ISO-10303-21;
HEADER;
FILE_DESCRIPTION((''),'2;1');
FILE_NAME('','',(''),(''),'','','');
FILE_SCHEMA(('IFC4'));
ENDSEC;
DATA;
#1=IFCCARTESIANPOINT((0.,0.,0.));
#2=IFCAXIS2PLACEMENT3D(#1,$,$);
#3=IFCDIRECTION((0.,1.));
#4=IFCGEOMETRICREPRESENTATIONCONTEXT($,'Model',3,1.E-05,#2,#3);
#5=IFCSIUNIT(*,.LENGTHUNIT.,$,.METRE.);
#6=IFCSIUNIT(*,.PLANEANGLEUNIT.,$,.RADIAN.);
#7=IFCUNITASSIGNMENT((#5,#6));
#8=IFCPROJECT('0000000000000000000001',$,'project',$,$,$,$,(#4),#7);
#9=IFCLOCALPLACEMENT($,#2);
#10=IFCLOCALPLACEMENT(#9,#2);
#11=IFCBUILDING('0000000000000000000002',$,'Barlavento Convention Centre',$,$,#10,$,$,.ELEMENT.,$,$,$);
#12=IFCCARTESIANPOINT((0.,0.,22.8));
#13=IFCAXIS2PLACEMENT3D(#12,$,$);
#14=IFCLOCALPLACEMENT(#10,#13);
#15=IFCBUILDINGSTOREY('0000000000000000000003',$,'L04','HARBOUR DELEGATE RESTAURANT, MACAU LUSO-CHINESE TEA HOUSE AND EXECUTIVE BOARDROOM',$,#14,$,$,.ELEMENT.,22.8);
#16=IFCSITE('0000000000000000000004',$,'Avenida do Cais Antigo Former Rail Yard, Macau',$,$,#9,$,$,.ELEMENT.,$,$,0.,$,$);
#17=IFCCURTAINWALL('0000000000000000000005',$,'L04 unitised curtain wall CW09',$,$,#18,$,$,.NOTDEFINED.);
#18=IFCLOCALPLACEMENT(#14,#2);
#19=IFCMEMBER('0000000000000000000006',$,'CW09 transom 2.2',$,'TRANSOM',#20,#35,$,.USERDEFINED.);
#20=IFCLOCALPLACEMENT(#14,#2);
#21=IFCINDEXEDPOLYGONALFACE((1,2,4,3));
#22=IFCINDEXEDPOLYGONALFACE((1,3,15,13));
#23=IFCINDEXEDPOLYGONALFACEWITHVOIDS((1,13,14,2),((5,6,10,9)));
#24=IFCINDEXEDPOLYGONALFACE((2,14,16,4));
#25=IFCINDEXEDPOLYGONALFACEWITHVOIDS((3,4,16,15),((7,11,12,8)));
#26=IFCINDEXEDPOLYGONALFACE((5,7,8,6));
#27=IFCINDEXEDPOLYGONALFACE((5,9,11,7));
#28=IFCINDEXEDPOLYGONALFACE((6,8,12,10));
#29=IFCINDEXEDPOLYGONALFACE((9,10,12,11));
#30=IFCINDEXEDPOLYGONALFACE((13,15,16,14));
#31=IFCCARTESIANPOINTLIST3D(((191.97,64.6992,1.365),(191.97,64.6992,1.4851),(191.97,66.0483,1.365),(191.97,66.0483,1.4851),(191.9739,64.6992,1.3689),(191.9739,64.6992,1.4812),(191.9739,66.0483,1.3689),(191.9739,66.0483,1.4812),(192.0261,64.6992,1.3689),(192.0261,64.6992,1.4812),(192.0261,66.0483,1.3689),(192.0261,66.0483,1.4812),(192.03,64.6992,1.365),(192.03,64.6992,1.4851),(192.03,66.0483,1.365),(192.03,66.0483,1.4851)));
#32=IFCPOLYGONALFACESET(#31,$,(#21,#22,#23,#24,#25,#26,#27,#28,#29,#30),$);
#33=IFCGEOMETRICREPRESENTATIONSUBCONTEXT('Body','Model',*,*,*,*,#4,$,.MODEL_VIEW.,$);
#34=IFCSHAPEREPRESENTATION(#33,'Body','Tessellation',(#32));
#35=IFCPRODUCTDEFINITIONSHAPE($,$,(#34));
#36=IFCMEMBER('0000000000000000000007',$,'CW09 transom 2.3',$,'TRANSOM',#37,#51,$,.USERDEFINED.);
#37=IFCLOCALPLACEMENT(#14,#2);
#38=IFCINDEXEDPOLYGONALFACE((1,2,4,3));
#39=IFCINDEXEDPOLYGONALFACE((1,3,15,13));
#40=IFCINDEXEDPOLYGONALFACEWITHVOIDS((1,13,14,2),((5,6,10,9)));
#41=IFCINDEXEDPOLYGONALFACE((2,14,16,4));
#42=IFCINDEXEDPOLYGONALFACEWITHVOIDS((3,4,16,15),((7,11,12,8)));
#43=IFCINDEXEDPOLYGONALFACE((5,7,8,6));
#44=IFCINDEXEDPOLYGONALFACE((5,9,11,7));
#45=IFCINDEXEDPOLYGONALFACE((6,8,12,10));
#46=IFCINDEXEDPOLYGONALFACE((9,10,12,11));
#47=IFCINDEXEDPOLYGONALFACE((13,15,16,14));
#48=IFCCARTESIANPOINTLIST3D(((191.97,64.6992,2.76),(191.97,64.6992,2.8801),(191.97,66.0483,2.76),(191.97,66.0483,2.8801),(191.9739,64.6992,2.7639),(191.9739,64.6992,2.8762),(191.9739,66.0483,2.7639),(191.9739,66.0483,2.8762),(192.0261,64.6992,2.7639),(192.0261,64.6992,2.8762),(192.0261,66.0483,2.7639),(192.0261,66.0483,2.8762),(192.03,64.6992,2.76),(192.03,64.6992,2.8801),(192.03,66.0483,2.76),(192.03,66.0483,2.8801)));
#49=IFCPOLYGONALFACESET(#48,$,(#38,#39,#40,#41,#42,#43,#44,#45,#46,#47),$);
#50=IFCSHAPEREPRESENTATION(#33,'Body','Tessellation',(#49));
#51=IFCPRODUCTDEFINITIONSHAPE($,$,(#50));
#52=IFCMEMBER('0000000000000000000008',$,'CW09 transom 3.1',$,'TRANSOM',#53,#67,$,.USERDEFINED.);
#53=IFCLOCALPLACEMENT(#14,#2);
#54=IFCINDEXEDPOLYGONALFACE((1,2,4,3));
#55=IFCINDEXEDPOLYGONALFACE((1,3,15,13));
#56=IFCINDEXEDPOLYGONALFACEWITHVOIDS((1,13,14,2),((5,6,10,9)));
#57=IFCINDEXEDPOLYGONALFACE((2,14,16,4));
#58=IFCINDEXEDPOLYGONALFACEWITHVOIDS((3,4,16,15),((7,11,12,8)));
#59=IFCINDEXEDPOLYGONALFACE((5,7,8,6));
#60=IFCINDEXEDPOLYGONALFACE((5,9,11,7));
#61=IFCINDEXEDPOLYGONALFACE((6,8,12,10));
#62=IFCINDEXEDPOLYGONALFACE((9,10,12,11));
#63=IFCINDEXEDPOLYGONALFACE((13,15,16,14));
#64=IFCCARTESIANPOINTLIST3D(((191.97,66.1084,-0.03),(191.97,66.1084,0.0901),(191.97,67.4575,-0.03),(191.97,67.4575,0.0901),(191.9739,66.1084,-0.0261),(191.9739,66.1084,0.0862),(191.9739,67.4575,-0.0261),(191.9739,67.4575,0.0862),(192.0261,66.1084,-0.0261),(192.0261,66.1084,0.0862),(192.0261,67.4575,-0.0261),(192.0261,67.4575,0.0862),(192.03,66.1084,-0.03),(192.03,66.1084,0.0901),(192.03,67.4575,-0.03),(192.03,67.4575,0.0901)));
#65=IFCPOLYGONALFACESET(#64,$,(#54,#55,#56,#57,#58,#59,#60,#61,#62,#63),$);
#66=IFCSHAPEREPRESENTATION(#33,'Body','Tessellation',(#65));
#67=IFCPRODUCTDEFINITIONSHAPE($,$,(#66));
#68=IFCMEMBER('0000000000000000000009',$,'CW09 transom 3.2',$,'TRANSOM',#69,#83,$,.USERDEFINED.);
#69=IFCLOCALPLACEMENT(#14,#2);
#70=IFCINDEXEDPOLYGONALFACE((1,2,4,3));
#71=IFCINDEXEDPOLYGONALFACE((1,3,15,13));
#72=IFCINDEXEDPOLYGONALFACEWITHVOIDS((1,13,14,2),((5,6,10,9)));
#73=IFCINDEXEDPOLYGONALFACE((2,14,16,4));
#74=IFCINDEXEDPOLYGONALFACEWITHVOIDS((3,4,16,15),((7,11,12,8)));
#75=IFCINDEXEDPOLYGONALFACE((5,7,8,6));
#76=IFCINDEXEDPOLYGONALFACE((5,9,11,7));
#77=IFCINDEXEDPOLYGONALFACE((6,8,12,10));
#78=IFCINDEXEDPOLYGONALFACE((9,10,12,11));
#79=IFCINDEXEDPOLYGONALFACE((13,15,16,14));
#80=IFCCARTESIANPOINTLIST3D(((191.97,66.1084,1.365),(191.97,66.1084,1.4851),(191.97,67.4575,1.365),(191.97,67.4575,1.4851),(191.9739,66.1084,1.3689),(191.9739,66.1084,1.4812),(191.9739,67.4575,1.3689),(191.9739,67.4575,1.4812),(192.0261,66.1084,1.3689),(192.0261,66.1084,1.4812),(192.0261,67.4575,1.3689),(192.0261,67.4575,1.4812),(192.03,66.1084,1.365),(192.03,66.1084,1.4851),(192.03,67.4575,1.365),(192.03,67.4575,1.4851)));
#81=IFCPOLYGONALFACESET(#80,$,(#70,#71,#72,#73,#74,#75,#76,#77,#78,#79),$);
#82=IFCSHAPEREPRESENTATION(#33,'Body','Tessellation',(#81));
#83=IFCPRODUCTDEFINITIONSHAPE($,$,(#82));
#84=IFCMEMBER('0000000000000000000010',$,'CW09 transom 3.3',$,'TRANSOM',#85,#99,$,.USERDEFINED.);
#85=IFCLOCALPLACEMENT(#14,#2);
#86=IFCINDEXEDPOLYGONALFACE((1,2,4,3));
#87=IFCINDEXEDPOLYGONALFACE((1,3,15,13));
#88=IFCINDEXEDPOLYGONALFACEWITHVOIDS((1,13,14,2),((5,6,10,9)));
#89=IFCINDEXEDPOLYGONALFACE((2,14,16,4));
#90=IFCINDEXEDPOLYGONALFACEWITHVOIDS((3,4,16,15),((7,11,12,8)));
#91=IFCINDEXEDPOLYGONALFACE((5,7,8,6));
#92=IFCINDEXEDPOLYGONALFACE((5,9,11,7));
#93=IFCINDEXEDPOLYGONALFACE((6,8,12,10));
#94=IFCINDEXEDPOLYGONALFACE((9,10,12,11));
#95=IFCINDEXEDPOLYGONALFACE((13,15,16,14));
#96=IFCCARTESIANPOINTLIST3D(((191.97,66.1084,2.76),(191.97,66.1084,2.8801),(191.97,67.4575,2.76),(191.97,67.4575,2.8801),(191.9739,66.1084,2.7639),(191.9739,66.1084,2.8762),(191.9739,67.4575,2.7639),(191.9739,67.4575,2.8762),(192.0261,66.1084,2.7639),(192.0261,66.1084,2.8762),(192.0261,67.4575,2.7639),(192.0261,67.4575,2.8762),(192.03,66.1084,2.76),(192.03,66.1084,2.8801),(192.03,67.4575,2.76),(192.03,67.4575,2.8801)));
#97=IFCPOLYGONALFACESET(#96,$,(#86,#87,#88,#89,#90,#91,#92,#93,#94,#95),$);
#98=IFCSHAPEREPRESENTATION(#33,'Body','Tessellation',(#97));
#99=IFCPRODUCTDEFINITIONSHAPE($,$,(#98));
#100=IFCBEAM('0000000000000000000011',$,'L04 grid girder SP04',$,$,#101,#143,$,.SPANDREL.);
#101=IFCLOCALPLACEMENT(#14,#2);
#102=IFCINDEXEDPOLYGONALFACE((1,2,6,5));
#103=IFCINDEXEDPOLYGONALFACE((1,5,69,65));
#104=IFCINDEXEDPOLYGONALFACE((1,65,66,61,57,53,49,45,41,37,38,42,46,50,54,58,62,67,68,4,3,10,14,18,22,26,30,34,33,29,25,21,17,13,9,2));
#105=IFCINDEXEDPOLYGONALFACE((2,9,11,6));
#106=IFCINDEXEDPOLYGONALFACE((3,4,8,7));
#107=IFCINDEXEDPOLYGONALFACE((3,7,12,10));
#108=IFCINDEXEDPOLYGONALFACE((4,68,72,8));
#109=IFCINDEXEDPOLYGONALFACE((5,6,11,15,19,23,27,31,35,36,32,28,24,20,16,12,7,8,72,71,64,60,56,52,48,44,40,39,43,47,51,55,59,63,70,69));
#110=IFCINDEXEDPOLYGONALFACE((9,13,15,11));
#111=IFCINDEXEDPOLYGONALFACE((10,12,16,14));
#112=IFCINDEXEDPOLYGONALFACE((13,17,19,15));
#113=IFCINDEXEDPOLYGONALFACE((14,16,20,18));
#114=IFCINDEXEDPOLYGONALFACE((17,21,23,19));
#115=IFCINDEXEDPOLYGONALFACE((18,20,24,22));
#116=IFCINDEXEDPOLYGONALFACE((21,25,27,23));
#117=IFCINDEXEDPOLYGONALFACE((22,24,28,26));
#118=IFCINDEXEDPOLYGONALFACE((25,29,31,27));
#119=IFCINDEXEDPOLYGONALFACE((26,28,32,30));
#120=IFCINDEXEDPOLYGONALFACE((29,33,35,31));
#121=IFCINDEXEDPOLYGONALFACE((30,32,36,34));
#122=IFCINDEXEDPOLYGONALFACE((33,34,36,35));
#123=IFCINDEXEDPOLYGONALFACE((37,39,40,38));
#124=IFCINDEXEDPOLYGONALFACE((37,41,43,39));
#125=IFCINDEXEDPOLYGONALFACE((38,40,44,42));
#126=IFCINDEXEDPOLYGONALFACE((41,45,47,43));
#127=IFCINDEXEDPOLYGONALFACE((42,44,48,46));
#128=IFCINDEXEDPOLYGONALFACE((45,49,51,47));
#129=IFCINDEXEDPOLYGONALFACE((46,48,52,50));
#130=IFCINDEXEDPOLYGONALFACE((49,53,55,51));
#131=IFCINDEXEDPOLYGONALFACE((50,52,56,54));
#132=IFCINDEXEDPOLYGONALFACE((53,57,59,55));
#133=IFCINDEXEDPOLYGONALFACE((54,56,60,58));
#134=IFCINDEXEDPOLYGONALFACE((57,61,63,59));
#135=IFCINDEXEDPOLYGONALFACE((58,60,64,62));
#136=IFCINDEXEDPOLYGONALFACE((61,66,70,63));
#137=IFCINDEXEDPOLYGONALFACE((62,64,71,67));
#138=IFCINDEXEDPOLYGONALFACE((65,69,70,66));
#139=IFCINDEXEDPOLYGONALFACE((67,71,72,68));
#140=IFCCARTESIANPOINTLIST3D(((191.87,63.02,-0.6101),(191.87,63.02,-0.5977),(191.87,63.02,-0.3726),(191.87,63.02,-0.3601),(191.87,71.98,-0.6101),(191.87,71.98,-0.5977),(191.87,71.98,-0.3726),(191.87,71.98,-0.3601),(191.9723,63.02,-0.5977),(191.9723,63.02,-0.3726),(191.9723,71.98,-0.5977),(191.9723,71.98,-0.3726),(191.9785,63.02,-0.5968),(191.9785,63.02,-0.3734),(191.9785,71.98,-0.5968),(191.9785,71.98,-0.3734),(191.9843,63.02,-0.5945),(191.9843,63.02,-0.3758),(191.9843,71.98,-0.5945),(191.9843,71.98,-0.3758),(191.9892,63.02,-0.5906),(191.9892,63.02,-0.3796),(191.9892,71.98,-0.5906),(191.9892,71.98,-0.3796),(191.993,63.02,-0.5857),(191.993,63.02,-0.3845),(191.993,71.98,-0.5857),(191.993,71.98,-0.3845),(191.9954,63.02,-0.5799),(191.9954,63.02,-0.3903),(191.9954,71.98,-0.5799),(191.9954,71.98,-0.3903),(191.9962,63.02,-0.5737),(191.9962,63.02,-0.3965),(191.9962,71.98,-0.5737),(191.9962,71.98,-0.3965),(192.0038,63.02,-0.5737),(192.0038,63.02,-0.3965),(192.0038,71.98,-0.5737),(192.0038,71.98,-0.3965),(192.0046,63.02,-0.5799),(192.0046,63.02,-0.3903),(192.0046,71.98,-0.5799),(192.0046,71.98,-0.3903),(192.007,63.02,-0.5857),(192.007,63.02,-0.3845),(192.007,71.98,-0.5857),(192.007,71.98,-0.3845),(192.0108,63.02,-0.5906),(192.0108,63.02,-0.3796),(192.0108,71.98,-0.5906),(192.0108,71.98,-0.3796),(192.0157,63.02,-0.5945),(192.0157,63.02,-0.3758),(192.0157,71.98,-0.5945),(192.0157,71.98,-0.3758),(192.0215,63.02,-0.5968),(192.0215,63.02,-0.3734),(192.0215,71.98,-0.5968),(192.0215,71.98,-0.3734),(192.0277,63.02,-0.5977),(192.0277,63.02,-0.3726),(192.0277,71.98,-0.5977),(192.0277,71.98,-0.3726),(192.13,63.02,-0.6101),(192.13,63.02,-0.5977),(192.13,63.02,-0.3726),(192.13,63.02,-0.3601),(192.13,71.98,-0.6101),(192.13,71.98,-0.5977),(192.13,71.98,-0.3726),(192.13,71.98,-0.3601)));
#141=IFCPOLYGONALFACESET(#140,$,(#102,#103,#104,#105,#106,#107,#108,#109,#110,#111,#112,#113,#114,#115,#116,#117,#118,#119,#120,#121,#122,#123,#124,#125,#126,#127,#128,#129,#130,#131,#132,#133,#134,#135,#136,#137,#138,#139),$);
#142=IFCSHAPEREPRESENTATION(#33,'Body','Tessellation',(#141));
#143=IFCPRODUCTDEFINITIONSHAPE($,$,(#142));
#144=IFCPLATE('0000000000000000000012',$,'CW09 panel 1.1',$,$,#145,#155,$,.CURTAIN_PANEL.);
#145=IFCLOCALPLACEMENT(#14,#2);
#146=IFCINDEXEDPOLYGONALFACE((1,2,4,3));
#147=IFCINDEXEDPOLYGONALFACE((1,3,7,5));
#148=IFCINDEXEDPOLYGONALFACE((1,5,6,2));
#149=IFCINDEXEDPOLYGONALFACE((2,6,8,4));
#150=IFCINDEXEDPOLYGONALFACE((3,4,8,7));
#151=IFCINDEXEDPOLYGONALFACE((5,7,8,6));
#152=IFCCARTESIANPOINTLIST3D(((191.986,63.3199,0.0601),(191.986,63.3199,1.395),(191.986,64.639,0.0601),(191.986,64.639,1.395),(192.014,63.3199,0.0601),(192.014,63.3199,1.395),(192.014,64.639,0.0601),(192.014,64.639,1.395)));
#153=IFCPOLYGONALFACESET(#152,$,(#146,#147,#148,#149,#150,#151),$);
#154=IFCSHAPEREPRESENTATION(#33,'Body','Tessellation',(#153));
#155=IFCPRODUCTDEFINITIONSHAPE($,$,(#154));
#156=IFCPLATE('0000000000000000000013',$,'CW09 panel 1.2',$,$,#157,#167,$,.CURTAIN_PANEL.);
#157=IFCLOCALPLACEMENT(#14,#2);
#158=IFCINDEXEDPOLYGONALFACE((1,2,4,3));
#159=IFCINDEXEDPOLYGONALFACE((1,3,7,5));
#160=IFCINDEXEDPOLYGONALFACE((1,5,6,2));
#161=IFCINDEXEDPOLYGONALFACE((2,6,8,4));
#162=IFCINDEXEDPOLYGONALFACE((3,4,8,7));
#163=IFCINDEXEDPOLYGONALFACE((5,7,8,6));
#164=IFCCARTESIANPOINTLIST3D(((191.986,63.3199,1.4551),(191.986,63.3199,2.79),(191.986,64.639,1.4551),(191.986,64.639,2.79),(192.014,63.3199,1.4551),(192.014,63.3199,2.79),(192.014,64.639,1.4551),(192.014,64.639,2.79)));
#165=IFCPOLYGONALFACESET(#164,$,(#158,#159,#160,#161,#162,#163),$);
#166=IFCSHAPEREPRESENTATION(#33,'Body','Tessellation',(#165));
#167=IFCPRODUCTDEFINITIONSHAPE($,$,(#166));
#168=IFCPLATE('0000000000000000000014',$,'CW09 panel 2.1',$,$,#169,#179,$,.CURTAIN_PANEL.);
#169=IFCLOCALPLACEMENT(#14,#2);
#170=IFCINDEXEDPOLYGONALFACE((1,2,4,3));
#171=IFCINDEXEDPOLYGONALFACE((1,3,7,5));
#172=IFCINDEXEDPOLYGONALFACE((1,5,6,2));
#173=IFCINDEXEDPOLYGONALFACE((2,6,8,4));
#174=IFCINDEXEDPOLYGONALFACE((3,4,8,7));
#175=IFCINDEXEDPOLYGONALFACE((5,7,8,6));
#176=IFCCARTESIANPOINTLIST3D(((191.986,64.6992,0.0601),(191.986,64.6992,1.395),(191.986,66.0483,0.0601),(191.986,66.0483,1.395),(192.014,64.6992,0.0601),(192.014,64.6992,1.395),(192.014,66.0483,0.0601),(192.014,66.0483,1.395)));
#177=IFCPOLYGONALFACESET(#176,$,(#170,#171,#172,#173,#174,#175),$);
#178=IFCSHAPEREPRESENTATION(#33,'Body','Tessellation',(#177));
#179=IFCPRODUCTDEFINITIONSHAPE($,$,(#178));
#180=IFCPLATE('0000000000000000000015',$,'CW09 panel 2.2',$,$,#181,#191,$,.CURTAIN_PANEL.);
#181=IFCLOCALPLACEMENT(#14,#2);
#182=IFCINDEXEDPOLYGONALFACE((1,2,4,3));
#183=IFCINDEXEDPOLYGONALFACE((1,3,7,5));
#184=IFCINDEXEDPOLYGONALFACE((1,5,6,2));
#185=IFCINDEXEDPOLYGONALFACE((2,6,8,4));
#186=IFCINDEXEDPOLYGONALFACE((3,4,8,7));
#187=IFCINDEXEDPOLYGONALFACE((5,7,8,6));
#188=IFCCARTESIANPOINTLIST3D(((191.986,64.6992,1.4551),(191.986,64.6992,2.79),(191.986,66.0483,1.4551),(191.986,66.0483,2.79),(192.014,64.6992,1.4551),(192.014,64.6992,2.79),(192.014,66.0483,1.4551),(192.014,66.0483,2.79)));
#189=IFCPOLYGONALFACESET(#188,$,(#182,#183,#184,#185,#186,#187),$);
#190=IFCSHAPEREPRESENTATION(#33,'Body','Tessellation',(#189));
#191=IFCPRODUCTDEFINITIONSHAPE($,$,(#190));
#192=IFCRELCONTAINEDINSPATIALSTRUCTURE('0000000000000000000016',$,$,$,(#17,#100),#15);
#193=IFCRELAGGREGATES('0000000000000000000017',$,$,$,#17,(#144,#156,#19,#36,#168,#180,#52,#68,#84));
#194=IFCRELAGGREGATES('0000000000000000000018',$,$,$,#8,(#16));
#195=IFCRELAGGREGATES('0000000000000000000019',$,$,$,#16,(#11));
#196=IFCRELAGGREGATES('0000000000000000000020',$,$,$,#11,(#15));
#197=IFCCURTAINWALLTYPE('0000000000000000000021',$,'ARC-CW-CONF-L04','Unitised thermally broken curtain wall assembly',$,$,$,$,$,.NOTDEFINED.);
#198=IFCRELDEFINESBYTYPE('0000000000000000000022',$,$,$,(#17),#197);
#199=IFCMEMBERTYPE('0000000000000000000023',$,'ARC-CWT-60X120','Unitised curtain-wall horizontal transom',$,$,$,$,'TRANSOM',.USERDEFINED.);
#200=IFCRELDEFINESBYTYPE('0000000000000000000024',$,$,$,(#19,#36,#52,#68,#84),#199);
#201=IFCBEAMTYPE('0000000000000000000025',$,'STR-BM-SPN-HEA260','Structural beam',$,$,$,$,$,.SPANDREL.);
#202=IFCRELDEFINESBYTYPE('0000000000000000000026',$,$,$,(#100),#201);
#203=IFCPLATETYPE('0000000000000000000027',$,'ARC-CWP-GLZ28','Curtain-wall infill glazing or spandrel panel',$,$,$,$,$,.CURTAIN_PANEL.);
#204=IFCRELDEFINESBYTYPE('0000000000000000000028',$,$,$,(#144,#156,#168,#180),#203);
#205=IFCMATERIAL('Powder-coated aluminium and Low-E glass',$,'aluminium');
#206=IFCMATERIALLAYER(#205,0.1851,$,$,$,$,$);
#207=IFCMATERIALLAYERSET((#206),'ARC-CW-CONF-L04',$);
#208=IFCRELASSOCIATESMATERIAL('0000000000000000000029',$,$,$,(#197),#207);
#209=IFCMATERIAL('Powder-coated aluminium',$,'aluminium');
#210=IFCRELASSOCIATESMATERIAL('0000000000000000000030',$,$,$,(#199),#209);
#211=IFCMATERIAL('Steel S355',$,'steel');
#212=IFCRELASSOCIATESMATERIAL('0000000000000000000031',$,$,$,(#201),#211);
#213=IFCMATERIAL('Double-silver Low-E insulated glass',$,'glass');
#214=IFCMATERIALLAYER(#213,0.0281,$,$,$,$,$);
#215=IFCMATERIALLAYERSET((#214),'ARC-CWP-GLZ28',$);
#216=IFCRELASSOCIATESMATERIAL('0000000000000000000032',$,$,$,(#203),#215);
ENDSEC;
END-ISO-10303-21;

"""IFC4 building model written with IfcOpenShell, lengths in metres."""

from ifc_helpers import new_model, si_unit, direction, frame, origin, origin_2d, place, context, subcontext, project, spatial, rectangle, hollow_rectangle, i_section, extrude, material, layer, layer_set, material_profile, profile_set, type_object, element, aggregate, save


model = new_model("IFC4")

# Units and contexts
model_context = context("Model", 3, precision=1e-05, world=origin(), true_north=direction((0.0, 1.0)))
body_context = subcontext(model_context, "Body", "Model", "MODEL_VIEW")
ifc_project = project(units=[si_unit("LENGTHUNIT", "METRE"), si_unit("PLANEANGLEUNIT", "RADIAN")], contexts=[model_context])

# Site, building, storey
site_placement = place(None, origin())
site = spatial("IfcSite", under=ifc_project, at=site_placement, Name="Avenida do Cais Antigo Former Rail Yard, Macau", CompositionType="ELEMENT", RefElevation=0.0)
building_placement = place(site_placement, origin())
building = spatial("IfcBuilding", under=site, at=building_placement, Name="Barlavento Convention Centre", CompositionType="ELEMENT")
storey_placement = place(building_placement, frame((0.0, 0.0, 22.8)))
storey = spatial("IfcBuildingStorey", under=building, at=storey_placement, Name="L04", Description="HARBOUR DELEGATE RESTAURANT, MACAU LUSO-CHINESE TEA HOUSE AND EXECUTIVE BOARDROOM", CompositionType="ELEMENT", Elevation=22.8)

# Shared definitions
ifc_material_1 = material(Name="Steel S355", Category="steel")

# Curtain wall, members
ifc_material_2 = material(Name="Powder-coated aluminium and Low-E glass", Category="aluminium")
ifc_layer_1 = layer(ifc_material_2, 0.1851)
ifc_layer_set_1 = layer_set([ifc_layer_1], Name="ARC-CW-CONF-L04")
curtain_wall_type = type_object("IfcCurtainWallType", Name="ARC-CW-CONF-L04", Description="Unitised thermally broken curtain wall assembly", PredefinedType="NOTDEFINED", material=ifc_layer_set_1)
curtain_wall_placement = place(storey_placement, origin())
curtain_wall = element("IfcCurtainWall", 1, at=curtain_wall_placement, inside=storey, type_object=curtain_wall_type, Name="L04 unitised curtain wall CW09", PredefinedType="NOTDEFINED")
ifc_material_3 = material(Name="Powder-coated aluminium", Category="aluminium")
ifc_material_profile_1 = material_profile(ifc_material_3, hollow_rectangle(XDim=0.0601, YDim=0.1201, WallThickness=0.0039, at=origin_2d()), Name="AL-TRAN 60x120x4")
ifc_profile_set_1 = profile_set([ifc_material_profile_1], Name="Powder-coated aluminium")
member_type_1 = type_object("IfcMemberType", Name="ARC-CWT-60X120", Description="Unitised curtain-wall horizontal transom", ElementType="TRANSOM", PredefinedType="USERDEFINED", material=ifc_profile_set_1)
member_1_placement = place(storey_placement, frame((192.0, 64.6992, 1.425), z_axis=(0.0, 1.0, 0.0), x_axis=(-1.0, 0.0, 0.0)))
member_1 = element("IfcMember", 2, at=member_1_placement, type_object=member_type_1, Name="CW09 transom 2.2", ObjectType="TRANSOM", PredefinedType="USERDEFINED", context=body_context, shape_type="SweptSolid", body=[
    extrude(hollow_rectangle(XDim=0.0601, YDim=0.1201, WallThickness=0.0039, at=origin_2d()), origin(), (0.0, 0.0, 1.0), 1.3491),
])
member_2_placement = place(storey_placement, frame((192.0, 64.6992, 2.8201), z_axis=(0.0, 1.0, 0.0), x_axis=(-1.0, 0.0, 0.0)))
member_2 = element("IfcMember", 3, at=member_2_placement, type_object=member_type_1, Name="CW09 transom 2.3", ObjectType="TRANSOM", PredefinedType="USERDEFINED", context=body_context, shape_type="SweptSolid", body=[
    extrude(hollow_rectangle(XDim=0.0601, YDim=0.1201, WallThickness=0.0039, at=origin_2d()), origin(), (0.0, 0.0, 1.0), 1.3491),
])
member_3_placement = place(storey_placement, frame((192.0, 66.1084, 0.03), z_axis=(0.0, 1.0, 0.0), x_axis=(-1.0, 0.0, 0.0)))
member_3 = element("IfcMember", 4, at=member_3_placement, type_object=member_type_1, Name="CW09 transom 3.1", ObjectType="TRANSOM", PredefinedType="USERDEFINED", context=body_context, shape_type="SweptSolid", body=[
    extrude(hollow_rectangle(XDim=0.0601, YDim=0.1201, WallThickness=0.0039, at=origin_2d()), origin(), (0.0, 0.0, 1.0), 1.3491),
])
member_4_placement = place(storey_placement, frame((192.0, 66.1084, 1.425), z_axis=(0.0, 1.0, 0.0), x_axis=(-1.0, 0.0, 0.0)))
member_4 = element("IfcMember", 5, at=member_4_placement, type_object=member_type_1, Name="CW09 transom 3.2", ObjectType="TRANSOM", PredefinedType="USERDEFINED", context=body_context, shape_type="SweptSolid", body=[
    extrude(hollow_rectangle(XDim=0.0601, YDim=0.1201, WallThickness=0.0039, at=origin_2d()), origin(), (0.0, 0.0, 1.0), 1.3491),
])
member_5_placement = place(storey_placement, frame((192.0, 66.1084, 2.8201), z_axis=(0.0, 1.0, 0.0), x_axis=(-1.0, 0.0, 0.0)))
member_5 = element("IfcMember", 6, at=member_5_placement, type_object=member_type_1, Name="CW09 transom 3.3", ObjectType="TRANSOM", PredefinedType="USERDEFINED", context=body_context, shape_type="SweptSolid", body=[
    extrude(hollow_rectangle(XDim=0.0601, YDim=0.1201, WallThickness=0.0039, at=origin_2d()), origin(), (0.0, 0.0, 1.0), 1.3491),
])

# Beam
ifc_material_profile_2 = material_profile(ifc_material_1, i_section(OverallWidth=0.26, OverallDepth=0.25, WebThickness=0.0076, FlangeThickness=0.0125, FilletRadius=0.0239, at=origin_2d()), Name="HEA 260")
ifc_profile_set_2 = profile_set([ifc_material_profile_2], Name="Steel S355")
beam_type = type_object("IfcBeamType", Name="STR-BM-SPN-HEA260", Description="Structural beam", PredefinedType="SPANDREL", material=ifc_profile_set_2)
beam_placement = place(storey_placement, frame((192.0, 63.02, -0.4851), z_axis=(0.0, 1.0, 0.0), x_axis=(-1.0, 0.0, 0.0)))
element("IfcBeam", 7, at=beam_placement, inside=storey, type_object=beam_type, Name="L04 grid girder SP04", PredefinedType="SPANDREL", context=body_context, shape_type="SweptSolid", body=[
    extrude(i_section(OverallWidth=0.26, OverallDepth=0.25, WebThickness=0.0076, FlangeThickness=0.0125, FilletRadius=0.0239, at=origin_2d()), origin(), (0.0, 0.0, 1.0), 8.96),
])

# Plates
ifc_material_4 = material(Name="Double-silver Low-E insulated glass", Category="glass")
ifc_layer_2 = layer(ifc_material_4, 0.0281)
ifc_layer_set_2 = layer_set([ifc_layer_2], Name="ARC-CWP-GLZ28")
plate_type = type_object("IfcPlateType", Name="ARC-CWP-GLZ28", Description="Curtain-wall infill glazing or spandrel panel", PredefinedType="CURTAIN_PANEL", material=ifc_layer_set_2)
plate_1_placement = place(storey_placement, frame((192.0, 63.9795, 0.0601), z_axis=(0.0, 0.0, 1.0), x_axis=(0.0, 1.0, 0.0)))
plate_1 = element("IfcPlate", 8, at=plate_1_placement, type_object=plate_type, Name="CW09 panel 1.1", PredefinedType="CURTAIN_PANEL", context=body_context, shape_type="SweptSolid", body=[
    extrude(rectangle(XDim=1.3191, YDim=0.0281, at=origin_2d()), origin(), (0.0, 0.0, 1.0), 1.335),
])
plate_2_placement = place(storey_placement, frame((192.0, 63.9795, 1.4551), z_axis=(0.0, 0.0, 1.0), x_axis=(0.0, 1.0, 0.0)))
plate_2 = element("IfcPlate", 9, at=plate_2_placement, type_object=plate_type, Name="CW09 panel 1.2", PredefinedType="CURTAIN_PANEL", context=body_context, shape_type="SweptSolid", body=[
    extrude(rectangle(XDim=1.3191, YDim=0.0281, at=origin_2d()), origin(), (0.0, 0.0, 1.0), 1.335),
])
plate_3_placement = place(storey_placement, frame((192.0, 65.3738, 0.0601), z_axis=(0.0, 0.0, 1.0), x_axis=(0.0, 1.0, 0.0)))
plate_3 = element("IfcPlate", 10, at=plate_3_placement, type_object=plate_type, Name="CW09 panel 2.1", PredefinedType="CURTAIN_PANEL", context=body_context, shape_type="SweptSolid", body=[
    extrude(rectangle(XDim=1.3491, YDim=0.0281, at=origin_2d()), origin(), (0.0, 0.0, 1.0), 1.335),
])
plate_4_placement = place(storey_placement, frame((192.0, 65.3738, 1.4551), z_axis=(0.0, 0.0, 1.0), x_axis=(0.0, 1.0, 0.0)))
plate_4 = element("IfcPlate", 11, at=plate_4_placement, type_object=plate_type, Name="CW09 panel 2.2", PredefinedType="CURTAIN_PANEL", context=body_context, shape_type="SweptSolid", body=[
    extrude(rectangle(XDim=1.3491, YDim=0.0281, at=origin_2d()), origin(), (0.0, 0.0, 1.0), 1.335),
])
aggregate(curtain_wall, [plate_1, plate_2, member_1, member_2, plate_3, plate_4, member_3, member_4, member_5])

save(model, "model.ifc")
